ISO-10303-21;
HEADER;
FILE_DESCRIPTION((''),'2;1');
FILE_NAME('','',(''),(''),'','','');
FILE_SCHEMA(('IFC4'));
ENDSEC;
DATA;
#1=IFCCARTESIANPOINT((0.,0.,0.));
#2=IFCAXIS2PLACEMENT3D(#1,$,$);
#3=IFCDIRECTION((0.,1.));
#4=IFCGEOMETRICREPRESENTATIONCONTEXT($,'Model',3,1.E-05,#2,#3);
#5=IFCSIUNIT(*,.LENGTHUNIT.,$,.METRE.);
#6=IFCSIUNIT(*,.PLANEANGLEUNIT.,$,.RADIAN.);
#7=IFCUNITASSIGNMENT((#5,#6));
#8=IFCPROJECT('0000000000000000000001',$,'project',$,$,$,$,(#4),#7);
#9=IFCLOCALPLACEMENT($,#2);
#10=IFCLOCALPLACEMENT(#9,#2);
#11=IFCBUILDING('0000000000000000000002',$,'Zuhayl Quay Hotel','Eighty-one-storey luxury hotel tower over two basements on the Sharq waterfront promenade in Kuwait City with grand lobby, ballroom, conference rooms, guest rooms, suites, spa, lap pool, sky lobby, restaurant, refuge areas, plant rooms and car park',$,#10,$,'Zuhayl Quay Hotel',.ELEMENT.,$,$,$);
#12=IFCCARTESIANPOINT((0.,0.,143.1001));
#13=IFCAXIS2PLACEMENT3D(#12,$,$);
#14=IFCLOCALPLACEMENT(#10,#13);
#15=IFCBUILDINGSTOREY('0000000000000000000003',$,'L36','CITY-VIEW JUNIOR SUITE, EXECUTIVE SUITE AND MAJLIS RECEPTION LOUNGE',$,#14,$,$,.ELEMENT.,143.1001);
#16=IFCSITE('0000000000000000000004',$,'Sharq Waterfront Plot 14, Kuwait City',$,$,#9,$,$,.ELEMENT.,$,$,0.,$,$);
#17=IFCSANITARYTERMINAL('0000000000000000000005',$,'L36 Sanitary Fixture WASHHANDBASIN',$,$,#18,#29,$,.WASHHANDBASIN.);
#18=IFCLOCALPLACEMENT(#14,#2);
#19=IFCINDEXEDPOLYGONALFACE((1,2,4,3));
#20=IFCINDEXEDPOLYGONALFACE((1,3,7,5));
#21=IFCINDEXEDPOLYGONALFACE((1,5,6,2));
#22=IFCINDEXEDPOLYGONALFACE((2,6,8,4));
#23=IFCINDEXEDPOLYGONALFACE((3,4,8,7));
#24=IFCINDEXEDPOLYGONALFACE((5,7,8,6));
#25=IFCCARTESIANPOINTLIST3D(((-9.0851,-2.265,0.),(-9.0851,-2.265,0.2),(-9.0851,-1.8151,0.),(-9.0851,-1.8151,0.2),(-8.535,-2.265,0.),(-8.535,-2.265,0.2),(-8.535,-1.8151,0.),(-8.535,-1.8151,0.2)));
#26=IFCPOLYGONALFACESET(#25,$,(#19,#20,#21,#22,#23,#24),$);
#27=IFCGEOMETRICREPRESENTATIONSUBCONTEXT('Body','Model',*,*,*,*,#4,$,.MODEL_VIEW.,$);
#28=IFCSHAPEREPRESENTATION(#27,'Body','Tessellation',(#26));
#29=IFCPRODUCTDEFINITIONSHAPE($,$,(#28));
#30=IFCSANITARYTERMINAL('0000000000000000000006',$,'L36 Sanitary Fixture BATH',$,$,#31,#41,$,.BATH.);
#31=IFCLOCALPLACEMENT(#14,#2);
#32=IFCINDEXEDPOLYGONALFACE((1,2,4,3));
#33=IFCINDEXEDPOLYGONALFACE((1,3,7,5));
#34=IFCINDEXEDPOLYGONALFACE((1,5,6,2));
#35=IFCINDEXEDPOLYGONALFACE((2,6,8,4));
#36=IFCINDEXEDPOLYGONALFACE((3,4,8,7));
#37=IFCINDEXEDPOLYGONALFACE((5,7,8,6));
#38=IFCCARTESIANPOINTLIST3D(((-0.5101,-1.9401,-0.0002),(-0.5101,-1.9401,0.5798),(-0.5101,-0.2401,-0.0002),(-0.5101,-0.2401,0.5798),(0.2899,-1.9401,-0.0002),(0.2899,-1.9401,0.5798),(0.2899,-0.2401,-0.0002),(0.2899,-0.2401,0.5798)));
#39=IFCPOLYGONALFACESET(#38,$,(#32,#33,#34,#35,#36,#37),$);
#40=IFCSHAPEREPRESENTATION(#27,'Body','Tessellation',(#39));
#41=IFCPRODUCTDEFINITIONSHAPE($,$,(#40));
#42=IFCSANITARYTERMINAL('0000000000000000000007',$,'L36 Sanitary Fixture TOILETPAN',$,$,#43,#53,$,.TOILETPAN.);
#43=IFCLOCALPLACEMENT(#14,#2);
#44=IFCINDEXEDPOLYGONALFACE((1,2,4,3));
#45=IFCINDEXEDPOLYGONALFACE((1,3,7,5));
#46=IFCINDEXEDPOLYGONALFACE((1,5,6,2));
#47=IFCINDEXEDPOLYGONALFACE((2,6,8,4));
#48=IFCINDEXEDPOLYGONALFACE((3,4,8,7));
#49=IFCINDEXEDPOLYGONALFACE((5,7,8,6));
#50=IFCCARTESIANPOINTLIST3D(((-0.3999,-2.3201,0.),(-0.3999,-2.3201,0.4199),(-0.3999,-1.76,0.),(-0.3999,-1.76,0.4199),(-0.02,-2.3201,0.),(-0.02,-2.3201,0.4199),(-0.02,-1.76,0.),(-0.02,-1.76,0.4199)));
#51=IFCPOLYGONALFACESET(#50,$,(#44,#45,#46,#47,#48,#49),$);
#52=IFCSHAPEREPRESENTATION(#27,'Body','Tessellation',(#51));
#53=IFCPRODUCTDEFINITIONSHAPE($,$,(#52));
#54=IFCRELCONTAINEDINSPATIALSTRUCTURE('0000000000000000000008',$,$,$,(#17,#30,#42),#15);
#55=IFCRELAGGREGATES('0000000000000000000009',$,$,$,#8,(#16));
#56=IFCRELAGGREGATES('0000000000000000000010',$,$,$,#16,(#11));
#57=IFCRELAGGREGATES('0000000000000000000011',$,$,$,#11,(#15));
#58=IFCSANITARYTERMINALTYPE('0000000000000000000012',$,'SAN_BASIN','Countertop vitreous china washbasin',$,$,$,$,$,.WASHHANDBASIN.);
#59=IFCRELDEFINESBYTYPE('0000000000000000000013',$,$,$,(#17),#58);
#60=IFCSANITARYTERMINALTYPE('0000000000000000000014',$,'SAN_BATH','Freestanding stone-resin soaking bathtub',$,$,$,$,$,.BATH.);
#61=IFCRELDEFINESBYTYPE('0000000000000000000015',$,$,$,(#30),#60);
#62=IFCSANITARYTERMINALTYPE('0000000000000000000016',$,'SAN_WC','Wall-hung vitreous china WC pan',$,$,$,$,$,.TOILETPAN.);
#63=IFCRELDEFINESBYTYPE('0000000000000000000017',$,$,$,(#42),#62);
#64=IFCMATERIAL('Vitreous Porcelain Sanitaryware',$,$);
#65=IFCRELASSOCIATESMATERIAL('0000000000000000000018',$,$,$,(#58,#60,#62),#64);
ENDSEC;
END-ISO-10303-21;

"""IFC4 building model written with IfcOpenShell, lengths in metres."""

from ifc_helpers import new_model, si_unit, direction, frame, origin, origin_2d, place, context, subcontext, project, spatial, rectangle, extrude, material, type_object, element, save


model = new_model("IFC4")

# Units and contexts
model_context = context("Model", 3, precision=1e-05, world=origin(), true_north=direction((0.0, 1.0)))
body_context = subcontext(model_context, "Body", "Model", "MODEL_VIEW")
ifc_project = project(units=[si_unit("LENGTHUNIT", "METRE"), si_unit("PLANEANGLEUNIT", "RADIAN")], contexts=[model_context])

# Site, building, storey
site_placement = place(None, origin())
site = spatial("IfcSite", under=ifc_project, at=site_placement, Name="Sharq Waterfront Plot 14, Kuwait City", CompositionType="ELEMENT", RefElevation=0.0)
building_placement = place(site_placement, origin())
building = spatial("IfcBuilding", under=site, at=building_placement, Name="Zuhayl Quay Hotel", Description="Eighty-one-storey luxury hotel tower over two basements on the Sharq waterfront promenade in Kuwait City with grand lobby, ballroom, conference rooms, guest rooms, suites, spa, lap pool, sky lobby, restaurant, refuge areas, plant rooms and car park", LongName="Zuhayl Quay Hotel", CompositionType="ELEMENT")
storey_placement = place(building_placement, frame((0.0, 0.0, 143.1001)))
storey = spatial("IfcBuildingStorey", under=building, at=storey_placement, Name="L36", Description="CITY-VIEW JUNIOR SUITE, EXECUTIVE SUITE AND MAJLIS RECEPTION LOUNGE", CompositionType="ELEMENT", Elevation=143.1001)

# Sanitary terminals
ifc_material_1 = material(Name="Vitreous Porcelain Sanitaryware")
sanitary_terminal_type_1 = type_object("IfcSanitaryTerminalType", Name="SAN_BASIN", Description="Countertop vitreous china washbasin", PredefinedType="WASHHANDBASIN", material=ifc_material_1)
sanitary_terminal_1_placement = place(storey_placement, frame((-8.8101, -2.04, 0.0), z_axis=(0.0, 0.0, 1.0), x_axis=(1.0, 0.0, 0.0)))
element("IfcSanitaryTerminal", 1, at=sanitary_terminal_1_placement, inside=storey, type_object=sanitary_terminal_type_1, Name="L36 Sanitary Fixture WASHHANDBASIN", PredefinedType="WASHHANDBASIN", context=body_context, shape_type="SweptSolid", body=[
    extrude(rectangle(XDim=0.55, YDim=0.45, at=origin_2d()), origin(), (0.0, 0.0, 1.0), 0.2),
])
sanitary_terminal_type_2 = type_object("IfcSanitaryTerminalType", Name="SAN_BATH", Description="Freestanding stone-resin soaking bathtub", PredefinedType="BATH", material=ifc_material_1)
sanitary_terminal_2_placement = place(storey_placement, frame((-0.1101, -1.0901, -0.0002), z_axis=(0.0, 0.0, 1.0), x_axis=(1.0, 0.0, 0.0)))
element("IfcSanitaryTerminal", 2, at=sanitary_terminal_2_placement, inside=storey, type_object=sanitary_terminal_type_2, Name="L36 Sanitary Fixture BATH", PredefinedType="BATH", context=body_context, shape_type="SweptSolid", body=[
    extrude(rectangle(XDim=0.8, YDim=1.7, at=origin_2d()), origin(), (0.0, 0.0, 1.0), 0.5801),
])
sanitary_terminal_type_3 = type_object("IfcSanitaryTerminalType", Name="SAN_WC", Description="Wall-hung vitreous china WC pan", PredefinedType="TOILETPAN", material=ifc_material_1)
sanitary_terminal_3_placement = place(storey_placement, frame((-0.21, -2.04, 0.0), z_axis=(0.0, 0.0, 1.0), x_axis=(1.0, 0.0, 0.0)))
element("IfcSanitaryTerminal", 3, at=sanitary_terminal_3_placement, inside=storey, type_object=sanitary_terminal_type_3, Name="L36 Sanitary Fixture TOILETPAN", PredefinedType="TOILETPAN", context=body_context, shape_type="SweptSolid", body=[
    extrude(rectangle(XDim=0.3799, YDim=0.5601, at=origin_2d()), origin(), (0.0, 0.0, 1.0), 0.4199),
])

save(model, "model.ifc")
